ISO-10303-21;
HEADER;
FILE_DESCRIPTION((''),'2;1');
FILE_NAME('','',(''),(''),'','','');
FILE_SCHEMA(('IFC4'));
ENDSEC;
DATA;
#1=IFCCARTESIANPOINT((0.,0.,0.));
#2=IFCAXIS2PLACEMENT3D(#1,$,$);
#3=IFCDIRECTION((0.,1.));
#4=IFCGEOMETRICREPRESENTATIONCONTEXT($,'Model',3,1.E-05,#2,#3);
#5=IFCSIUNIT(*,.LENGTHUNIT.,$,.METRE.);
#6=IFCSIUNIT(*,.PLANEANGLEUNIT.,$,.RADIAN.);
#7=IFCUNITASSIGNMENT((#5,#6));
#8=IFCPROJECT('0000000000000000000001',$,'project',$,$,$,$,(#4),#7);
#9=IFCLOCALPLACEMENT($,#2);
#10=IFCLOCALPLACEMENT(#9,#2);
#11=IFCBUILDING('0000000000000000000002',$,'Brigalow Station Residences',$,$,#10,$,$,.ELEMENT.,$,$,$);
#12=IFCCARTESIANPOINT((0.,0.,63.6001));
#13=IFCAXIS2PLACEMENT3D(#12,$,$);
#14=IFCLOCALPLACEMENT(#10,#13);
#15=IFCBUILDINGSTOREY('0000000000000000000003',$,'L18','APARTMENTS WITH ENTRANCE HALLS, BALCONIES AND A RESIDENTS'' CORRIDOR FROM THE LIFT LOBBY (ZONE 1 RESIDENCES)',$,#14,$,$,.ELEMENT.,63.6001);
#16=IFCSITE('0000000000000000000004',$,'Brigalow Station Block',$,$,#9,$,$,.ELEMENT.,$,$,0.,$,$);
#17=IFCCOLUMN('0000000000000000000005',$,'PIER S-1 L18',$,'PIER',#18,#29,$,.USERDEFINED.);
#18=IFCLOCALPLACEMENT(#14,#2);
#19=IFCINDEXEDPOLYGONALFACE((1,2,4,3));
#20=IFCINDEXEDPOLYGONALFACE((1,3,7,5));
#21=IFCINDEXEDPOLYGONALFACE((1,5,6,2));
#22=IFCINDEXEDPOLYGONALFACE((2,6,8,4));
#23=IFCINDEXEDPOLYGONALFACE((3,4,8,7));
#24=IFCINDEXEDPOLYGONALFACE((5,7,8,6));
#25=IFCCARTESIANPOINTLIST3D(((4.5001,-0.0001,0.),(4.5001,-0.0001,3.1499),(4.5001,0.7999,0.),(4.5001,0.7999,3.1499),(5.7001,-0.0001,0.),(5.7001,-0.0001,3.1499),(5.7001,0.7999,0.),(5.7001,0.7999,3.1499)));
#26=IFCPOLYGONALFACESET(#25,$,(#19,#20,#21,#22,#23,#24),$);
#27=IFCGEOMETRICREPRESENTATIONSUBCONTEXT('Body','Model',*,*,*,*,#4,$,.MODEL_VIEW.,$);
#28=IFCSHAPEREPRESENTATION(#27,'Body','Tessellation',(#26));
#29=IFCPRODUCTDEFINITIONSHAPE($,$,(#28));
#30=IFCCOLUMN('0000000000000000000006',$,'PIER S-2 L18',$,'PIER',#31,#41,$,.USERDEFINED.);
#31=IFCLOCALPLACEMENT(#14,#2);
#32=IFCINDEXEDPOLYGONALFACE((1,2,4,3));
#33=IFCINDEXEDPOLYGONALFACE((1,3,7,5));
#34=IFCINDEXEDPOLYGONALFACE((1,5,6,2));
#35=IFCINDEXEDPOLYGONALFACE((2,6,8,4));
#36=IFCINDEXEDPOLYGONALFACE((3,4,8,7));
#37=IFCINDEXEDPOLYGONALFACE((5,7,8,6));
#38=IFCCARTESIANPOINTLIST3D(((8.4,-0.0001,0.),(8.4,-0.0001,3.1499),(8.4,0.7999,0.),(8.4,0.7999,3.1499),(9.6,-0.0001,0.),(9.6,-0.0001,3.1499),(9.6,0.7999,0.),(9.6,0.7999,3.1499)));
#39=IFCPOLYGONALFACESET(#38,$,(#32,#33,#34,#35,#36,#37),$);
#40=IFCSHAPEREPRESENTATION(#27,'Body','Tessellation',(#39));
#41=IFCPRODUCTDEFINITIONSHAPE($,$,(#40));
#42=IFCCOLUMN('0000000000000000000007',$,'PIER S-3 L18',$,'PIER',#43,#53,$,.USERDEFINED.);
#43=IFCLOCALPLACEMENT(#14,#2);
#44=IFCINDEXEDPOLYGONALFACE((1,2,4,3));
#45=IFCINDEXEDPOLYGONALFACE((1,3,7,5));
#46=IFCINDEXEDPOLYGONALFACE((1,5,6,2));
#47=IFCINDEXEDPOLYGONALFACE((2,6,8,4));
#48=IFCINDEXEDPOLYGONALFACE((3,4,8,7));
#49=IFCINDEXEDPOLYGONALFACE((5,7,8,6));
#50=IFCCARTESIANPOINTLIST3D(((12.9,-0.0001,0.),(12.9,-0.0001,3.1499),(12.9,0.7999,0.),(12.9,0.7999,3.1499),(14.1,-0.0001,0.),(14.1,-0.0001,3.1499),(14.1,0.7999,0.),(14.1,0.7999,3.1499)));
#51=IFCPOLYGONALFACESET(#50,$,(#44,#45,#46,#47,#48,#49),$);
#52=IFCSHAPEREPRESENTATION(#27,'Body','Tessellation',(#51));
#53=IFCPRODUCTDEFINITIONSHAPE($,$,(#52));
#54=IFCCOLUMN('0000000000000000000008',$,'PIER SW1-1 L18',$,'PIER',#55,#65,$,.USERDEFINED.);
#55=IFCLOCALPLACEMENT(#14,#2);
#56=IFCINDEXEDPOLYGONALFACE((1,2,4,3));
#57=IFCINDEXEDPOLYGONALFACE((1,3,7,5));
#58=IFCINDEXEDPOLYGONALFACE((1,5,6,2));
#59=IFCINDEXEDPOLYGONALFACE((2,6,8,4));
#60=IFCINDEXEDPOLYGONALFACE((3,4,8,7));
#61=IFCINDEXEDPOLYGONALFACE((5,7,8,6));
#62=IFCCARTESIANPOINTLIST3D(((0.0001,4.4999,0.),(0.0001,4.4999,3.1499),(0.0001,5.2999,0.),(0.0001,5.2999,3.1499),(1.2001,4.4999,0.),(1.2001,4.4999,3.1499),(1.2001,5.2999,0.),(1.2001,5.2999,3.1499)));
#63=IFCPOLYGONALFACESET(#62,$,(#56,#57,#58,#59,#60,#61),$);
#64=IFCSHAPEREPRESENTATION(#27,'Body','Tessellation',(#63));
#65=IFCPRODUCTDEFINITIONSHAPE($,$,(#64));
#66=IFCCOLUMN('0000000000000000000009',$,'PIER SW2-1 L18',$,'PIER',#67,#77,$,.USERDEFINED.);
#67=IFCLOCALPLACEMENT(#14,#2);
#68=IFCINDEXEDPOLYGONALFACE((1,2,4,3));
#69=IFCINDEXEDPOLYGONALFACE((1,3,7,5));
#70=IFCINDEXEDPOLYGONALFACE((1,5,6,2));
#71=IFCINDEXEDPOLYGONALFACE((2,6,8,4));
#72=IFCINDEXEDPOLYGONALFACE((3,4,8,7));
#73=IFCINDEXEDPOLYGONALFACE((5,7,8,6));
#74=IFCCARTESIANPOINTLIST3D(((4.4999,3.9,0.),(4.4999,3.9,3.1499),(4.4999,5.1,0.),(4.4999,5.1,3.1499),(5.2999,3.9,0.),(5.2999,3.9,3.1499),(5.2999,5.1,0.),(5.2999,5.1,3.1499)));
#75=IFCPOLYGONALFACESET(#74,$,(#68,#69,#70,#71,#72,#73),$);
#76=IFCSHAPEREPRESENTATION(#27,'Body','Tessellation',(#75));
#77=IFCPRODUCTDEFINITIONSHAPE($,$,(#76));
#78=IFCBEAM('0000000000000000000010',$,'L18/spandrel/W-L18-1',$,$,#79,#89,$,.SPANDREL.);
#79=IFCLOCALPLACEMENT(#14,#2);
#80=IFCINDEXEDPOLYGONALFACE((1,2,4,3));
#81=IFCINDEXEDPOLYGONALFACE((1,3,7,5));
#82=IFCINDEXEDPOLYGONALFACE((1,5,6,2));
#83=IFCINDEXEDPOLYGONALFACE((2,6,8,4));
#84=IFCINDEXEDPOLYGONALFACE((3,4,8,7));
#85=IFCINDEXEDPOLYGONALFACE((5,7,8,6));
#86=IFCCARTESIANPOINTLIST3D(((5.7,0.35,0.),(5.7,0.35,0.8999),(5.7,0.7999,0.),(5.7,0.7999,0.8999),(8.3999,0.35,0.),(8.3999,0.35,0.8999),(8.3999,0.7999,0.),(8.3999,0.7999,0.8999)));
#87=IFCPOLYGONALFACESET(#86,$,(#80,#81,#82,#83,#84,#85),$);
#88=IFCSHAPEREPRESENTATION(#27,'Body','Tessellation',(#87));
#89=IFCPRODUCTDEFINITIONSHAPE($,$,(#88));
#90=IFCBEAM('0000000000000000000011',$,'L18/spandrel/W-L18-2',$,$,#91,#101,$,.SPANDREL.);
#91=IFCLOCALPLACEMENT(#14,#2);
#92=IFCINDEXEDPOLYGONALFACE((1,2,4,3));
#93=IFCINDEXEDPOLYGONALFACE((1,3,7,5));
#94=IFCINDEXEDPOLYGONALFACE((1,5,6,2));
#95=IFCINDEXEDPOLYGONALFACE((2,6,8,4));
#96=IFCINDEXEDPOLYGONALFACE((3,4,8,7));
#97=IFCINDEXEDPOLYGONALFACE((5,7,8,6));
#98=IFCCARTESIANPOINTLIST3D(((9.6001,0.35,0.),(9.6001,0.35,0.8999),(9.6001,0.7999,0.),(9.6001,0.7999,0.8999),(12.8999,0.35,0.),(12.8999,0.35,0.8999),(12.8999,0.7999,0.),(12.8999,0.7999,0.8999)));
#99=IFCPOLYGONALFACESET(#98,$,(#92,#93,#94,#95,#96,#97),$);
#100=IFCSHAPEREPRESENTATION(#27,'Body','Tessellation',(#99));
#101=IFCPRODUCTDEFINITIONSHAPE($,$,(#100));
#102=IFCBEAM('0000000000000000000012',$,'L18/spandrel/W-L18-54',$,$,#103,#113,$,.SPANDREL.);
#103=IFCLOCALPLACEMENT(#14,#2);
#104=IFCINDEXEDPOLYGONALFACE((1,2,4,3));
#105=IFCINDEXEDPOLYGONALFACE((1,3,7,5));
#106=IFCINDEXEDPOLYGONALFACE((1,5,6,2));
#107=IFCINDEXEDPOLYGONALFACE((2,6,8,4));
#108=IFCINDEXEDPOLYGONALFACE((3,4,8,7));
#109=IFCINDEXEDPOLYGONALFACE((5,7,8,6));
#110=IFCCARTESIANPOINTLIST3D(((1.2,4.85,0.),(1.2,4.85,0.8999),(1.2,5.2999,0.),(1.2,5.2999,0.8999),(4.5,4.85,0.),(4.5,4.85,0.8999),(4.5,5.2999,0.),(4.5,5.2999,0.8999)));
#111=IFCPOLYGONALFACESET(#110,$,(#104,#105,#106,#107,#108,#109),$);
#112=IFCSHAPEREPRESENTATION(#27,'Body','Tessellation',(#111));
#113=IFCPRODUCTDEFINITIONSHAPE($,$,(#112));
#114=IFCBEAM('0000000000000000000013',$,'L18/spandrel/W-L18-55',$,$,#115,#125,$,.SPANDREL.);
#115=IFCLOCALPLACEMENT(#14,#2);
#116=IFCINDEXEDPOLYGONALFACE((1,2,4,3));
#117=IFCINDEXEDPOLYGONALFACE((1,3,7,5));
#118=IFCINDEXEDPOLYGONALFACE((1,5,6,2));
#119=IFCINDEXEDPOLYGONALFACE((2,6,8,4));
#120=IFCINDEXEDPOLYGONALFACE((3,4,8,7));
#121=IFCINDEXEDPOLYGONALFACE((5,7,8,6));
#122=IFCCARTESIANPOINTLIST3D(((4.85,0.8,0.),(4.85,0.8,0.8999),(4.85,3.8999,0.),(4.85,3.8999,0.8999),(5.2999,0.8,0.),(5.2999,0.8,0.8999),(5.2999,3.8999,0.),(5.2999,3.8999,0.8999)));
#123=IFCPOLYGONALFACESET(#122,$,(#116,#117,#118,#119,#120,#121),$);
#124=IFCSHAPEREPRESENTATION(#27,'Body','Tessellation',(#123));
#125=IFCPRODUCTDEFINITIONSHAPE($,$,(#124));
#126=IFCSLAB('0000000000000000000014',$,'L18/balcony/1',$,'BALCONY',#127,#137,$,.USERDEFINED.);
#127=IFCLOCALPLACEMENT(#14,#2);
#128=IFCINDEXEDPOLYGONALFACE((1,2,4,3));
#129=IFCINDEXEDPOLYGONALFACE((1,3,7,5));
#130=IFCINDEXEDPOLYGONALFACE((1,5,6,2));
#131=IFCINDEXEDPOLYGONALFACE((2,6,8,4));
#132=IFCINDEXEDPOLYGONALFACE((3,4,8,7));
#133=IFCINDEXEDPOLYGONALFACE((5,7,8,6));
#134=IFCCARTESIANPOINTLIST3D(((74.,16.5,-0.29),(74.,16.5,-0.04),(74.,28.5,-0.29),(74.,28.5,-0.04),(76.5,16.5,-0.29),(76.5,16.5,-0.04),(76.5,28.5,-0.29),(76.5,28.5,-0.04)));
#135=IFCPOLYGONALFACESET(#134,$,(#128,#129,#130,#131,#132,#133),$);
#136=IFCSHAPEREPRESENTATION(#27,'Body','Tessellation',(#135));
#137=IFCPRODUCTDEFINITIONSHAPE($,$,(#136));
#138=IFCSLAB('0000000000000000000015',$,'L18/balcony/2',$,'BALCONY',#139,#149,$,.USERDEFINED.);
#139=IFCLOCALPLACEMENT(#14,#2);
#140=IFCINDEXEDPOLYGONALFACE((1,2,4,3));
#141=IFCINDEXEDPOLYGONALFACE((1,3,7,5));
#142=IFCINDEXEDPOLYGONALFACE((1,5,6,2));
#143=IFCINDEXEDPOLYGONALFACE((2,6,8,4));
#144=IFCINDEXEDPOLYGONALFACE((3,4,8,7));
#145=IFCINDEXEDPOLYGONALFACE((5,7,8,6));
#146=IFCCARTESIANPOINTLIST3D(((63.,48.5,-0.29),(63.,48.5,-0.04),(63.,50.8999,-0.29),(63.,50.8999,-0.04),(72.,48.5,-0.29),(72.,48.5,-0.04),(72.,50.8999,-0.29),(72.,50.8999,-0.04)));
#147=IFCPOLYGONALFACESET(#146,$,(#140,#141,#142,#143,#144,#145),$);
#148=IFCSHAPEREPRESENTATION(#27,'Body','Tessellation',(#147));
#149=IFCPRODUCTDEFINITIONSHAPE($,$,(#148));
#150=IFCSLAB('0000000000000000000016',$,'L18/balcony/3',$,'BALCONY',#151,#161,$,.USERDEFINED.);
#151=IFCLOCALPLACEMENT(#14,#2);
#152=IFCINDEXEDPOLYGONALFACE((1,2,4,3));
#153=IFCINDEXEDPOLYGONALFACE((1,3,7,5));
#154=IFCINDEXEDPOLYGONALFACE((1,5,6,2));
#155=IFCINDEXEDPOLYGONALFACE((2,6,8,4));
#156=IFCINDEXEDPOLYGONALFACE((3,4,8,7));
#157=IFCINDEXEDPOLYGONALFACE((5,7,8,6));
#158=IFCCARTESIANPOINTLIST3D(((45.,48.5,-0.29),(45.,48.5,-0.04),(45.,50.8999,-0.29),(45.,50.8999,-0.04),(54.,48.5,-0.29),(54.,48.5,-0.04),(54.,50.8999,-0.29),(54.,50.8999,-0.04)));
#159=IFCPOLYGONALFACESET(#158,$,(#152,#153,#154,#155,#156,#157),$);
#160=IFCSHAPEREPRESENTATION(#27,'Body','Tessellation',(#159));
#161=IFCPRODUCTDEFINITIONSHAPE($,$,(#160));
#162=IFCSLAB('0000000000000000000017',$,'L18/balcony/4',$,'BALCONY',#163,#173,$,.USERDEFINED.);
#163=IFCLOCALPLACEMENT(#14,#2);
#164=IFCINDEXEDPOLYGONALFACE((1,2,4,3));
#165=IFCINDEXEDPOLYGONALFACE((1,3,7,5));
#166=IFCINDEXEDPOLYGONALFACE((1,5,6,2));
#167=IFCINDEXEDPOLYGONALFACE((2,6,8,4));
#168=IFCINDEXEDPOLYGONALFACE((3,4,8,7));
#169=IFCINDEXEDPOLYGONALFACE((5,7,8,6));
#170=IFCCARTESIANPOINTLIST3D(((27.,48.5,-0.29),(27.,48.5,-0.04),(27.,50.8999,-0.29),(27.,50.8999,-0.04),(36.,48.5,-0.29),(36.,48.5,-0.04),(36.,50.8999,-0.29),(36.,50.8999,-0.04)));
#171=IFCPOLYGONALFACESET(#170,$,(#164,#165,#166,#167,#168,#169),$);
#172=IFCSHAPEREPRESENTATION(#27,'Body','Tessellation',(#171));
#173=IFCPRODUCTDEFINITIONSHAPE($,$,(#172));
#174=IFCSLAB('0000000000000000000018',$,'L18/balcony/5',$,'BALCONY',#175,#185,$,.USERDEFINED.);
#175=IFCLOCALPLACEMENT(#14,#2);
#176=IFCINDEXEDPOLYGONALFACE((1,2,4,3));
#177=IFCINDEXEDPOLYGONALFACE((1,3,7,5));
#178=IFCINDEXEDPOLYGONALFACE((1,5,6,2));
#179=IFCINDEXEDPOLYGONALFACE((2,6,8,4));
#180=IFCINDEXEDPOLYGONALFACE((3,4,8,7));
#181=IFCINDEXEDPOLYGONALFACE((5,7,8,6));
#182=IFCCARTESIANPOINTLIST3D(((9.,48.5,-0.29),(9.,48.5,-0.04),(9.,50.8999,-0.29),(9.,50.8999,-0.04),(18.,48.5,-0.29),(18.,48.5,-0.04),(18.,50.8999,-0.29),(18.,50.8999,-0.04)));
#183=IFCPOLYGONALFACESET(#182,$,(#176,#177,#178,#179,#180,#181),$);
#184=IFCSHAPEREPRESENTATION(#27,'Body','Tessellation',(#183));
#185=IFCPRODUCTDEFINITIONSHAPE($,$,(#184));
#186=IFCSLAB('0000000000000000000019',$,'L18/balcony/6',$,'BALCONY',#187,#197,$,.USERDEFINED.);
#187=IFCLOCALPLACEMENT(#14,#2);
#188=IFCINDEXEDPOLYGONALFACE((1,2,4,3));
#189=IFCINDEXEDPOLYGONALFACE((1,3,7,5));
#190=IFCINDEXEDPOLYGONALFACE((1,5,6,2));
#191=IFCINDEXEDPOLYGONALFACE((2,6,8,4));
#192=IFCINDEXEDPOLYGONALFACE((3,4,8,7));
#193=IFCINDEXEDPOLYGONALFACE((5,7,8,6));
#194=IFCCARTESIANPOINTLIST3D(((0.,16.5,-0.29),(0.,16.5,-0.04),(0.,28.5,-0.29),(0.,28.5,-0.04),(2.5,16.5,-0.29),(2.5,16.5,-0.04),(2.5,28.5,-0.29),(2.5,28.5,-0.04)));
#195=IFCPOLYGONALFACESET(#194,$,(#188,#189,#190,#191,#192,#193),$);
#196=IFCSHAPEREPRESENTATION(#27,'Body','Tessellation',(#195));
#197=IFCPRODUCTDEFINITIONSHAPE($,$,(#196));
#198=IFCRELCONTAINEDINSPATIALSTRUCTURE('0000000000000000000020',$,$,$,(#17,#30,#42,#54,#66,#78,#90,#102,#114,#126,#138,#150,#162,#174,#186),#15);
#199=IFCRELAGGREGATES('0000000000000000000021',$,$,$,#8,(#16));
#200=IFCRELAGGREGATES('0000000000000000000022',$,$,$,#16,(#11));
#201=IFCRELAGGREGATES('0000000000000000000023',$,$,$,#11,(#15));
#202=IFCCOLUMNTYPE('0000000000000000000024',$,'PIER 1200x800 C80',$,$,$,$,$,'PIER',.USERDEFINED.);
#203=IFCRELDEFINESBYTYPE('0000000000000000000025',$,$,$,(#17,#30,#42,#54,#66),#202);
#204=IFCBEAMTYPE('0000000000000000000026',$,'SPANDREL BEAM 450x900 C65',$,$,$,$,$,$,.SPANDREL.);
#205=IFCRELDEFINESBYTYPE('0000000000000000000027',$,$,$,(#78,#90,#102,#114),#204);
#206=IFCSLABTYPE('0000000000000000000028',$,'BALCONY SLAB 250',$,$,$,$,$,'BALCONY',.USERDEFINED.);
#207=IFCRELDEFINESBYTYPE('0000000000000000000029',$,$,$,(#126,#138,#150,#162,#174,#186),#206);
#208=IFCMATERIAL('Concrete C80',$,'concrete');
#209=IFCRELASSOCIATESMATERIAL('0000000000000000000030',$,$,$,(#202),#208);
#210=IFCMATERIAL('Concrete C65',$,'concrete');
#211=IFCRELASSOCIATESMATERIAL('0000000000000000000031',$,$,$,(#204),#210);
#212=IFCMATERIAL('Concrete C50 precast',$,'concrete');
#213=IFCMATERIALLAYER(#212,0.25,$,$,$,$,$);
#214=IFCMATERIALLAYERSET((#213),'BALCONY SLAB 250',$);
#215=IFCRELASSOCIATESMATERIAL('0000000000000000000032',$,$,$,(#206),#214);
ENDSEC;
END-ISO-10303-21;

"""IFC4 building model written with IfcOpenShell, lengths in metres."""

from ifc_helpers import new_model, si_unit, direction, frame, origin, origin_2d, place, context, subcontext, project, spatial, polyline, rectangle, outline, extrude, material, layer, layer_set, material_profile, profile_set, type_object, element, save


model = new_model("IFC4")

# Units and contexts
model_context = context("Model", 3, precision=1e-05, world=origin(), true_north=direction((0.0, 1.0)))
body_context = subcontext(model_context, "Body", "Model", "MODEL_VIEW")
ifc_project = project(units=[si_unit("LENGTHUNIT", "METRE"), si_unit("PLANEANGLEUNIT", "RADIAN")], contexts=[model_context])

# Site, building, storey
site_placement = place(None, origin())
site = spatial("IfcSite", under=ifc_project, at=site_placement, Name="Brigalow Station Block", CompositionType="ELEMENT", RefElevation=0.0)
building_placement = place(site_placement, origin())
building = spatial("IfcBuilding", under=site, at=building_placement, Name="Brigalow Station Residences", CompositionType="ELEMENT")
storey_placement = place(building_placement, frame((0.0, 0.0, 63.6001)))
storey = spatial("IfcBuildingStorey", under=building, at=storey_placement, Name="L18", Description="APARTMENTS WITH ENTRANCE HALLS, BALCONIES AND A RESIDENTS' CORRIDOR FROM THE LIFT LOBBY (ZONE 1 RESIDENCES)", CompositionType="ELEMENT", Elevation=63.6001)

# Columns
ifc_material_1 = material(Name="Concrete C80", Category="concrete")
ifc_material_profile_1 = material_profile(ifc_material_1, rectangle(XDim=1.2, YDim=0.8, at=origin_2d()), Name="RC1200x800")
ifc_profile_set_1 = profile_set([ifc_material_profile_1], Name="Concrete C80")
column_type = type_object("IfcColumnType", Name="PIER 1200x800 C80", ElementType="PIER", PredefinedType="USERDEFINED", material=ifc_profile_set_1)
for number, where, z_axis, x_axis, name in (
    (1, (5.1001, 0.3999, 0.0), (0.0, 0.0, 1.0), (1.0, 0.0, 0.0), "PIER S-1 L18"),
    (2, (9.0, 0.3999, 0.0), (0.0, 0.0, 1.0), (1.0, 0.0, 0.0), "PIER S-2 L18"),
    (3, (13.5, 0.3999, 0.0), (0.0, 0.0, 1.0), (1.0, 0.0, 0.0), "PIER S-3 L18"),
    (4, (0.6001, 4.8999, 0.0), (0.0, 0.0, 1.0), (1.0, 0.0, 0.0), "PIER SW1-1 L18"),
    (5, (4.8999, 4.5, 0.0), (0.0, 0.0, 1.0), (0.0, -1.0, 0.0), "PIER SW2-1 L18"),
):
    element("IfcColumn", number, at=place(storey_placement, frame(where, z_axis=z_axis, x_axis=x_axis)), inside=storey, type_object=column_type, Name=name, ObjectType="PIER", PredefinedType="USERDEFINED", context=body_context, shape_type="SweptSolid", body=[
        extrude(rectangle(XDim=1.2, YDim=0.8, at=origin_2d()), origin(), (0.0, 0.0, 1.0), 3.1499),
    ])

# Beams
ifc_material_2 = material(Name="Concrete C65", Category="concrete")
ifc_material_profile_2 = material_profile(ifc_material_2, rectangle(XDim=0.45, YDim=0.8999, at=origin_2d()), Name="RC450x900")
ifc_profile_set_2 = profile_set([ifc_material_profile_2], Name="Concrete C65")
beam_type = type_object("IfcBeamType", Name="SPANDREL BEAM 450x900 C65", PredefinedType="SPANDREL", material=ifc_profile_set_2)
beam_1_placement = place(storey_placement, frame((5.7, 0.575, 0.45), z_axis=(1.0, 0.0, 0.0), x_axis=(0.0, 1.0, 0.0)))
element("IfcBeam", 6, at=beam_1_placement, inside=storey, type_object=beam_type, Name="L18/spandrel/W-L18-1", PredefinedType="SPANDREL", context=body_context, shape_type="SweptSolid", body=[
    extrude(rectangle(XDim=0.45, YDim=0.8999, at=origin_2d()), origin(), (0.0, 0.0, 1.0), 2.7),
])
beam_2_placement = place(storey_placement, frame((9.6001, 0.575, 0.45), z_axis=(1.0, 0.0, 0.0), x_axis=(0.0, 1.0, 0.0)))
element("IfcBeam", 7, at=beam_2_placement, inside=storey, type_object=beam_type, Name="L18/spandrel/W-L18-2", PredefinedType="SPANDREL", context=body_context, shape_type="SweptSolid", body=[
    extrude(rectangle(XDim=0.45, YDim=0.8999, at=origin_2d()), origin(), (0.0, 0.0, 1.0), 3.2998),
])
beam_3_placement = place(storey_placement, frame((1.2, 5.075, 0.45), z_axis=(1.0, 0.0, 0.0), x_axis=(0.0, 1.0, 0.0)))
element("IfcBeam", 8, at=beam_3_placement, inside=storey, type_object=beam_type, Name="L18/spandrel/W-L18-54", PredefinedType="SPANDREL", context=body_context, shape_type="SweptSolid", body=[
    extrude(rectangle(XDim=0.45, YDim=0.8999, at=origin_2d()), origin(), (0.0, 0.0, 1.0), 3.3),
])
beam_4_placement = place(storey_placement, frame((5.075, 3.8999, 0.45), z_axis=(0.0, -1.0, 0.0), x_axis=(1.0, 0.0, 0.0)))
element("IfcBeam", 9, at=beam_4_placement, inside=storey, type_object=beam_type, Name="L18/spandrel/W-L18-55", PredefinedType="SPANDREL", context=body_context, shape_type="SweptSolid", body=[
    extrude(rectangle(XDim=0.45, YDim=0.8999, at=origin_2d()), origin(), (0.0, 0.0, 1.0), 3.0999),
])

# Slabs
ifc_material_3 = material(Name="Concrete C50 precast", Category="concrete")
ifc_layer_1 = layer(ifc_material_3, 0.25)
ifc_layer_set_1 = layer_set([ifc_layer_1], Name="BALCONY SLAB 250")
slab_type_1 = type_object("IfcSlabType", Name="BALCONY SLAB 250", ElementType="BALCONY", PredefinedType="USERDEFINED", material=ifc_layer_set_1)
slab_1_placement = place(storey_placement, frame((0.0, 0.0, -0.29)))
element("IfcSlab", 10, at=slab_1_placement, inside=storey, type_object=slab_type_1, Name="L18/balcony/1", ObjectType="BALCONY", PredefinedType="USERDEFINED", context=body_context, shape_type="SweptSolid", body=[
    extrude(outline(polyline([(74.0, 16.5), (76.5, 16.5), (76.5, 28.5), (74.0, 28.5), (74.0, 16.5)])), origin(), (0.0, 0.0, 1.0), 0.25),
])
slab_2_placement = place(storey_placement, frame((0.0, 0.0, -0.29)))
element("IfcSlab", 11, at=slab_2_placement, inside=storey, type_object=slab_type_1, Name="L18/balcony/2", ObjectType="BALCONY", PredefinedType="USERDEFINED", context=body_context, shape_type="SweptSolid", body=[
    extrude(outline(polyline([(72.0, 48.5), (72.0, 50.8999), (63.0, 50.8999), (63.0, 48.5), (72.0, 48.5)])), origin(), (0.0, 0.0, 1.0), 0.25),
])
slab_3_placement = place(storey_placement, frame((0.0, 0.0, -0.29)))
element("IfcSlab", 12, at=slab_3_placement, inside=storey, type_object=slab_type_1, Name="L18/balcony/3", ObjectType="BALCONY", PredefinedType="USERDEFINED", context=body_context, shape_type="SweptSolid", body=[
    extrude(outline(polyline([(54.0, 48.5), (54.0, 50.8999), (45.0, 50.8999), (45.0, 48.5), (54.0, 48.5)])), origin(), (0.0, 0.0, 1.0), 0.25),
])
slab_4_placement = place(storey_placement, frame((0.0, 0.0, -0.29)))
element("IfcSlab", 13, at=slab_4_placement, inside=storey, type_object=slab_type_1, Name="L18/balcony/4", ObjectType="BALCONY", PredefinedType="USERDEFINED", context=body_context, shape_type="SweptSolid", body=[
    extrude(outline(polyline([(36.0, 48.5), (36.0, 50.8999), (27.0, 50.8999), (27.0, 48.5), (36.0, 48.5)])), origin(), (0.0, 0.0, 1.0), 0.25),
])
slab_5_placement = place(storey_placement, frame((0.0, 0.0, -0.29)))
element("IfcSlab", 14, at=slab_5_placement, inside=storey, type_object=slab_type_1, Name="L18/balcony/5", ObjectType="BALCONY", PredefinedType="USERDEFINED", context=body_context, shape_type="SweptSolid", body=[
    extrude(outline(polyline([(18.0, 48.5), (18.0, 50.8999), (9.0, 50.8999), (9.0, 48.5), (18.0, 48.5)])), origin(), (0.0, 0.0, 1.0), 0.25),
])
slab_6_placement = place(storey_placement, frame((0.0, 0.0, -0.29)))
element("IfcSlab", 15, at=slab_6_placement, inside=storey, type_object=slab_type_1, Name="L18/balcony/6", ObjectType="BALCONY", PredefinedType="USERDEFINED", context=body_context, shape_type="SweptSolid", body=[
    extrude(outline(polyline([(2.5, 28.5), (0.0, 28.5), (0.0, 16.5), (2.5, 16.5), (2.5, 28.5)])), origin(), (0.0, 0.0, 1.0), 0.25),
])

save(model, "model.ifc")
